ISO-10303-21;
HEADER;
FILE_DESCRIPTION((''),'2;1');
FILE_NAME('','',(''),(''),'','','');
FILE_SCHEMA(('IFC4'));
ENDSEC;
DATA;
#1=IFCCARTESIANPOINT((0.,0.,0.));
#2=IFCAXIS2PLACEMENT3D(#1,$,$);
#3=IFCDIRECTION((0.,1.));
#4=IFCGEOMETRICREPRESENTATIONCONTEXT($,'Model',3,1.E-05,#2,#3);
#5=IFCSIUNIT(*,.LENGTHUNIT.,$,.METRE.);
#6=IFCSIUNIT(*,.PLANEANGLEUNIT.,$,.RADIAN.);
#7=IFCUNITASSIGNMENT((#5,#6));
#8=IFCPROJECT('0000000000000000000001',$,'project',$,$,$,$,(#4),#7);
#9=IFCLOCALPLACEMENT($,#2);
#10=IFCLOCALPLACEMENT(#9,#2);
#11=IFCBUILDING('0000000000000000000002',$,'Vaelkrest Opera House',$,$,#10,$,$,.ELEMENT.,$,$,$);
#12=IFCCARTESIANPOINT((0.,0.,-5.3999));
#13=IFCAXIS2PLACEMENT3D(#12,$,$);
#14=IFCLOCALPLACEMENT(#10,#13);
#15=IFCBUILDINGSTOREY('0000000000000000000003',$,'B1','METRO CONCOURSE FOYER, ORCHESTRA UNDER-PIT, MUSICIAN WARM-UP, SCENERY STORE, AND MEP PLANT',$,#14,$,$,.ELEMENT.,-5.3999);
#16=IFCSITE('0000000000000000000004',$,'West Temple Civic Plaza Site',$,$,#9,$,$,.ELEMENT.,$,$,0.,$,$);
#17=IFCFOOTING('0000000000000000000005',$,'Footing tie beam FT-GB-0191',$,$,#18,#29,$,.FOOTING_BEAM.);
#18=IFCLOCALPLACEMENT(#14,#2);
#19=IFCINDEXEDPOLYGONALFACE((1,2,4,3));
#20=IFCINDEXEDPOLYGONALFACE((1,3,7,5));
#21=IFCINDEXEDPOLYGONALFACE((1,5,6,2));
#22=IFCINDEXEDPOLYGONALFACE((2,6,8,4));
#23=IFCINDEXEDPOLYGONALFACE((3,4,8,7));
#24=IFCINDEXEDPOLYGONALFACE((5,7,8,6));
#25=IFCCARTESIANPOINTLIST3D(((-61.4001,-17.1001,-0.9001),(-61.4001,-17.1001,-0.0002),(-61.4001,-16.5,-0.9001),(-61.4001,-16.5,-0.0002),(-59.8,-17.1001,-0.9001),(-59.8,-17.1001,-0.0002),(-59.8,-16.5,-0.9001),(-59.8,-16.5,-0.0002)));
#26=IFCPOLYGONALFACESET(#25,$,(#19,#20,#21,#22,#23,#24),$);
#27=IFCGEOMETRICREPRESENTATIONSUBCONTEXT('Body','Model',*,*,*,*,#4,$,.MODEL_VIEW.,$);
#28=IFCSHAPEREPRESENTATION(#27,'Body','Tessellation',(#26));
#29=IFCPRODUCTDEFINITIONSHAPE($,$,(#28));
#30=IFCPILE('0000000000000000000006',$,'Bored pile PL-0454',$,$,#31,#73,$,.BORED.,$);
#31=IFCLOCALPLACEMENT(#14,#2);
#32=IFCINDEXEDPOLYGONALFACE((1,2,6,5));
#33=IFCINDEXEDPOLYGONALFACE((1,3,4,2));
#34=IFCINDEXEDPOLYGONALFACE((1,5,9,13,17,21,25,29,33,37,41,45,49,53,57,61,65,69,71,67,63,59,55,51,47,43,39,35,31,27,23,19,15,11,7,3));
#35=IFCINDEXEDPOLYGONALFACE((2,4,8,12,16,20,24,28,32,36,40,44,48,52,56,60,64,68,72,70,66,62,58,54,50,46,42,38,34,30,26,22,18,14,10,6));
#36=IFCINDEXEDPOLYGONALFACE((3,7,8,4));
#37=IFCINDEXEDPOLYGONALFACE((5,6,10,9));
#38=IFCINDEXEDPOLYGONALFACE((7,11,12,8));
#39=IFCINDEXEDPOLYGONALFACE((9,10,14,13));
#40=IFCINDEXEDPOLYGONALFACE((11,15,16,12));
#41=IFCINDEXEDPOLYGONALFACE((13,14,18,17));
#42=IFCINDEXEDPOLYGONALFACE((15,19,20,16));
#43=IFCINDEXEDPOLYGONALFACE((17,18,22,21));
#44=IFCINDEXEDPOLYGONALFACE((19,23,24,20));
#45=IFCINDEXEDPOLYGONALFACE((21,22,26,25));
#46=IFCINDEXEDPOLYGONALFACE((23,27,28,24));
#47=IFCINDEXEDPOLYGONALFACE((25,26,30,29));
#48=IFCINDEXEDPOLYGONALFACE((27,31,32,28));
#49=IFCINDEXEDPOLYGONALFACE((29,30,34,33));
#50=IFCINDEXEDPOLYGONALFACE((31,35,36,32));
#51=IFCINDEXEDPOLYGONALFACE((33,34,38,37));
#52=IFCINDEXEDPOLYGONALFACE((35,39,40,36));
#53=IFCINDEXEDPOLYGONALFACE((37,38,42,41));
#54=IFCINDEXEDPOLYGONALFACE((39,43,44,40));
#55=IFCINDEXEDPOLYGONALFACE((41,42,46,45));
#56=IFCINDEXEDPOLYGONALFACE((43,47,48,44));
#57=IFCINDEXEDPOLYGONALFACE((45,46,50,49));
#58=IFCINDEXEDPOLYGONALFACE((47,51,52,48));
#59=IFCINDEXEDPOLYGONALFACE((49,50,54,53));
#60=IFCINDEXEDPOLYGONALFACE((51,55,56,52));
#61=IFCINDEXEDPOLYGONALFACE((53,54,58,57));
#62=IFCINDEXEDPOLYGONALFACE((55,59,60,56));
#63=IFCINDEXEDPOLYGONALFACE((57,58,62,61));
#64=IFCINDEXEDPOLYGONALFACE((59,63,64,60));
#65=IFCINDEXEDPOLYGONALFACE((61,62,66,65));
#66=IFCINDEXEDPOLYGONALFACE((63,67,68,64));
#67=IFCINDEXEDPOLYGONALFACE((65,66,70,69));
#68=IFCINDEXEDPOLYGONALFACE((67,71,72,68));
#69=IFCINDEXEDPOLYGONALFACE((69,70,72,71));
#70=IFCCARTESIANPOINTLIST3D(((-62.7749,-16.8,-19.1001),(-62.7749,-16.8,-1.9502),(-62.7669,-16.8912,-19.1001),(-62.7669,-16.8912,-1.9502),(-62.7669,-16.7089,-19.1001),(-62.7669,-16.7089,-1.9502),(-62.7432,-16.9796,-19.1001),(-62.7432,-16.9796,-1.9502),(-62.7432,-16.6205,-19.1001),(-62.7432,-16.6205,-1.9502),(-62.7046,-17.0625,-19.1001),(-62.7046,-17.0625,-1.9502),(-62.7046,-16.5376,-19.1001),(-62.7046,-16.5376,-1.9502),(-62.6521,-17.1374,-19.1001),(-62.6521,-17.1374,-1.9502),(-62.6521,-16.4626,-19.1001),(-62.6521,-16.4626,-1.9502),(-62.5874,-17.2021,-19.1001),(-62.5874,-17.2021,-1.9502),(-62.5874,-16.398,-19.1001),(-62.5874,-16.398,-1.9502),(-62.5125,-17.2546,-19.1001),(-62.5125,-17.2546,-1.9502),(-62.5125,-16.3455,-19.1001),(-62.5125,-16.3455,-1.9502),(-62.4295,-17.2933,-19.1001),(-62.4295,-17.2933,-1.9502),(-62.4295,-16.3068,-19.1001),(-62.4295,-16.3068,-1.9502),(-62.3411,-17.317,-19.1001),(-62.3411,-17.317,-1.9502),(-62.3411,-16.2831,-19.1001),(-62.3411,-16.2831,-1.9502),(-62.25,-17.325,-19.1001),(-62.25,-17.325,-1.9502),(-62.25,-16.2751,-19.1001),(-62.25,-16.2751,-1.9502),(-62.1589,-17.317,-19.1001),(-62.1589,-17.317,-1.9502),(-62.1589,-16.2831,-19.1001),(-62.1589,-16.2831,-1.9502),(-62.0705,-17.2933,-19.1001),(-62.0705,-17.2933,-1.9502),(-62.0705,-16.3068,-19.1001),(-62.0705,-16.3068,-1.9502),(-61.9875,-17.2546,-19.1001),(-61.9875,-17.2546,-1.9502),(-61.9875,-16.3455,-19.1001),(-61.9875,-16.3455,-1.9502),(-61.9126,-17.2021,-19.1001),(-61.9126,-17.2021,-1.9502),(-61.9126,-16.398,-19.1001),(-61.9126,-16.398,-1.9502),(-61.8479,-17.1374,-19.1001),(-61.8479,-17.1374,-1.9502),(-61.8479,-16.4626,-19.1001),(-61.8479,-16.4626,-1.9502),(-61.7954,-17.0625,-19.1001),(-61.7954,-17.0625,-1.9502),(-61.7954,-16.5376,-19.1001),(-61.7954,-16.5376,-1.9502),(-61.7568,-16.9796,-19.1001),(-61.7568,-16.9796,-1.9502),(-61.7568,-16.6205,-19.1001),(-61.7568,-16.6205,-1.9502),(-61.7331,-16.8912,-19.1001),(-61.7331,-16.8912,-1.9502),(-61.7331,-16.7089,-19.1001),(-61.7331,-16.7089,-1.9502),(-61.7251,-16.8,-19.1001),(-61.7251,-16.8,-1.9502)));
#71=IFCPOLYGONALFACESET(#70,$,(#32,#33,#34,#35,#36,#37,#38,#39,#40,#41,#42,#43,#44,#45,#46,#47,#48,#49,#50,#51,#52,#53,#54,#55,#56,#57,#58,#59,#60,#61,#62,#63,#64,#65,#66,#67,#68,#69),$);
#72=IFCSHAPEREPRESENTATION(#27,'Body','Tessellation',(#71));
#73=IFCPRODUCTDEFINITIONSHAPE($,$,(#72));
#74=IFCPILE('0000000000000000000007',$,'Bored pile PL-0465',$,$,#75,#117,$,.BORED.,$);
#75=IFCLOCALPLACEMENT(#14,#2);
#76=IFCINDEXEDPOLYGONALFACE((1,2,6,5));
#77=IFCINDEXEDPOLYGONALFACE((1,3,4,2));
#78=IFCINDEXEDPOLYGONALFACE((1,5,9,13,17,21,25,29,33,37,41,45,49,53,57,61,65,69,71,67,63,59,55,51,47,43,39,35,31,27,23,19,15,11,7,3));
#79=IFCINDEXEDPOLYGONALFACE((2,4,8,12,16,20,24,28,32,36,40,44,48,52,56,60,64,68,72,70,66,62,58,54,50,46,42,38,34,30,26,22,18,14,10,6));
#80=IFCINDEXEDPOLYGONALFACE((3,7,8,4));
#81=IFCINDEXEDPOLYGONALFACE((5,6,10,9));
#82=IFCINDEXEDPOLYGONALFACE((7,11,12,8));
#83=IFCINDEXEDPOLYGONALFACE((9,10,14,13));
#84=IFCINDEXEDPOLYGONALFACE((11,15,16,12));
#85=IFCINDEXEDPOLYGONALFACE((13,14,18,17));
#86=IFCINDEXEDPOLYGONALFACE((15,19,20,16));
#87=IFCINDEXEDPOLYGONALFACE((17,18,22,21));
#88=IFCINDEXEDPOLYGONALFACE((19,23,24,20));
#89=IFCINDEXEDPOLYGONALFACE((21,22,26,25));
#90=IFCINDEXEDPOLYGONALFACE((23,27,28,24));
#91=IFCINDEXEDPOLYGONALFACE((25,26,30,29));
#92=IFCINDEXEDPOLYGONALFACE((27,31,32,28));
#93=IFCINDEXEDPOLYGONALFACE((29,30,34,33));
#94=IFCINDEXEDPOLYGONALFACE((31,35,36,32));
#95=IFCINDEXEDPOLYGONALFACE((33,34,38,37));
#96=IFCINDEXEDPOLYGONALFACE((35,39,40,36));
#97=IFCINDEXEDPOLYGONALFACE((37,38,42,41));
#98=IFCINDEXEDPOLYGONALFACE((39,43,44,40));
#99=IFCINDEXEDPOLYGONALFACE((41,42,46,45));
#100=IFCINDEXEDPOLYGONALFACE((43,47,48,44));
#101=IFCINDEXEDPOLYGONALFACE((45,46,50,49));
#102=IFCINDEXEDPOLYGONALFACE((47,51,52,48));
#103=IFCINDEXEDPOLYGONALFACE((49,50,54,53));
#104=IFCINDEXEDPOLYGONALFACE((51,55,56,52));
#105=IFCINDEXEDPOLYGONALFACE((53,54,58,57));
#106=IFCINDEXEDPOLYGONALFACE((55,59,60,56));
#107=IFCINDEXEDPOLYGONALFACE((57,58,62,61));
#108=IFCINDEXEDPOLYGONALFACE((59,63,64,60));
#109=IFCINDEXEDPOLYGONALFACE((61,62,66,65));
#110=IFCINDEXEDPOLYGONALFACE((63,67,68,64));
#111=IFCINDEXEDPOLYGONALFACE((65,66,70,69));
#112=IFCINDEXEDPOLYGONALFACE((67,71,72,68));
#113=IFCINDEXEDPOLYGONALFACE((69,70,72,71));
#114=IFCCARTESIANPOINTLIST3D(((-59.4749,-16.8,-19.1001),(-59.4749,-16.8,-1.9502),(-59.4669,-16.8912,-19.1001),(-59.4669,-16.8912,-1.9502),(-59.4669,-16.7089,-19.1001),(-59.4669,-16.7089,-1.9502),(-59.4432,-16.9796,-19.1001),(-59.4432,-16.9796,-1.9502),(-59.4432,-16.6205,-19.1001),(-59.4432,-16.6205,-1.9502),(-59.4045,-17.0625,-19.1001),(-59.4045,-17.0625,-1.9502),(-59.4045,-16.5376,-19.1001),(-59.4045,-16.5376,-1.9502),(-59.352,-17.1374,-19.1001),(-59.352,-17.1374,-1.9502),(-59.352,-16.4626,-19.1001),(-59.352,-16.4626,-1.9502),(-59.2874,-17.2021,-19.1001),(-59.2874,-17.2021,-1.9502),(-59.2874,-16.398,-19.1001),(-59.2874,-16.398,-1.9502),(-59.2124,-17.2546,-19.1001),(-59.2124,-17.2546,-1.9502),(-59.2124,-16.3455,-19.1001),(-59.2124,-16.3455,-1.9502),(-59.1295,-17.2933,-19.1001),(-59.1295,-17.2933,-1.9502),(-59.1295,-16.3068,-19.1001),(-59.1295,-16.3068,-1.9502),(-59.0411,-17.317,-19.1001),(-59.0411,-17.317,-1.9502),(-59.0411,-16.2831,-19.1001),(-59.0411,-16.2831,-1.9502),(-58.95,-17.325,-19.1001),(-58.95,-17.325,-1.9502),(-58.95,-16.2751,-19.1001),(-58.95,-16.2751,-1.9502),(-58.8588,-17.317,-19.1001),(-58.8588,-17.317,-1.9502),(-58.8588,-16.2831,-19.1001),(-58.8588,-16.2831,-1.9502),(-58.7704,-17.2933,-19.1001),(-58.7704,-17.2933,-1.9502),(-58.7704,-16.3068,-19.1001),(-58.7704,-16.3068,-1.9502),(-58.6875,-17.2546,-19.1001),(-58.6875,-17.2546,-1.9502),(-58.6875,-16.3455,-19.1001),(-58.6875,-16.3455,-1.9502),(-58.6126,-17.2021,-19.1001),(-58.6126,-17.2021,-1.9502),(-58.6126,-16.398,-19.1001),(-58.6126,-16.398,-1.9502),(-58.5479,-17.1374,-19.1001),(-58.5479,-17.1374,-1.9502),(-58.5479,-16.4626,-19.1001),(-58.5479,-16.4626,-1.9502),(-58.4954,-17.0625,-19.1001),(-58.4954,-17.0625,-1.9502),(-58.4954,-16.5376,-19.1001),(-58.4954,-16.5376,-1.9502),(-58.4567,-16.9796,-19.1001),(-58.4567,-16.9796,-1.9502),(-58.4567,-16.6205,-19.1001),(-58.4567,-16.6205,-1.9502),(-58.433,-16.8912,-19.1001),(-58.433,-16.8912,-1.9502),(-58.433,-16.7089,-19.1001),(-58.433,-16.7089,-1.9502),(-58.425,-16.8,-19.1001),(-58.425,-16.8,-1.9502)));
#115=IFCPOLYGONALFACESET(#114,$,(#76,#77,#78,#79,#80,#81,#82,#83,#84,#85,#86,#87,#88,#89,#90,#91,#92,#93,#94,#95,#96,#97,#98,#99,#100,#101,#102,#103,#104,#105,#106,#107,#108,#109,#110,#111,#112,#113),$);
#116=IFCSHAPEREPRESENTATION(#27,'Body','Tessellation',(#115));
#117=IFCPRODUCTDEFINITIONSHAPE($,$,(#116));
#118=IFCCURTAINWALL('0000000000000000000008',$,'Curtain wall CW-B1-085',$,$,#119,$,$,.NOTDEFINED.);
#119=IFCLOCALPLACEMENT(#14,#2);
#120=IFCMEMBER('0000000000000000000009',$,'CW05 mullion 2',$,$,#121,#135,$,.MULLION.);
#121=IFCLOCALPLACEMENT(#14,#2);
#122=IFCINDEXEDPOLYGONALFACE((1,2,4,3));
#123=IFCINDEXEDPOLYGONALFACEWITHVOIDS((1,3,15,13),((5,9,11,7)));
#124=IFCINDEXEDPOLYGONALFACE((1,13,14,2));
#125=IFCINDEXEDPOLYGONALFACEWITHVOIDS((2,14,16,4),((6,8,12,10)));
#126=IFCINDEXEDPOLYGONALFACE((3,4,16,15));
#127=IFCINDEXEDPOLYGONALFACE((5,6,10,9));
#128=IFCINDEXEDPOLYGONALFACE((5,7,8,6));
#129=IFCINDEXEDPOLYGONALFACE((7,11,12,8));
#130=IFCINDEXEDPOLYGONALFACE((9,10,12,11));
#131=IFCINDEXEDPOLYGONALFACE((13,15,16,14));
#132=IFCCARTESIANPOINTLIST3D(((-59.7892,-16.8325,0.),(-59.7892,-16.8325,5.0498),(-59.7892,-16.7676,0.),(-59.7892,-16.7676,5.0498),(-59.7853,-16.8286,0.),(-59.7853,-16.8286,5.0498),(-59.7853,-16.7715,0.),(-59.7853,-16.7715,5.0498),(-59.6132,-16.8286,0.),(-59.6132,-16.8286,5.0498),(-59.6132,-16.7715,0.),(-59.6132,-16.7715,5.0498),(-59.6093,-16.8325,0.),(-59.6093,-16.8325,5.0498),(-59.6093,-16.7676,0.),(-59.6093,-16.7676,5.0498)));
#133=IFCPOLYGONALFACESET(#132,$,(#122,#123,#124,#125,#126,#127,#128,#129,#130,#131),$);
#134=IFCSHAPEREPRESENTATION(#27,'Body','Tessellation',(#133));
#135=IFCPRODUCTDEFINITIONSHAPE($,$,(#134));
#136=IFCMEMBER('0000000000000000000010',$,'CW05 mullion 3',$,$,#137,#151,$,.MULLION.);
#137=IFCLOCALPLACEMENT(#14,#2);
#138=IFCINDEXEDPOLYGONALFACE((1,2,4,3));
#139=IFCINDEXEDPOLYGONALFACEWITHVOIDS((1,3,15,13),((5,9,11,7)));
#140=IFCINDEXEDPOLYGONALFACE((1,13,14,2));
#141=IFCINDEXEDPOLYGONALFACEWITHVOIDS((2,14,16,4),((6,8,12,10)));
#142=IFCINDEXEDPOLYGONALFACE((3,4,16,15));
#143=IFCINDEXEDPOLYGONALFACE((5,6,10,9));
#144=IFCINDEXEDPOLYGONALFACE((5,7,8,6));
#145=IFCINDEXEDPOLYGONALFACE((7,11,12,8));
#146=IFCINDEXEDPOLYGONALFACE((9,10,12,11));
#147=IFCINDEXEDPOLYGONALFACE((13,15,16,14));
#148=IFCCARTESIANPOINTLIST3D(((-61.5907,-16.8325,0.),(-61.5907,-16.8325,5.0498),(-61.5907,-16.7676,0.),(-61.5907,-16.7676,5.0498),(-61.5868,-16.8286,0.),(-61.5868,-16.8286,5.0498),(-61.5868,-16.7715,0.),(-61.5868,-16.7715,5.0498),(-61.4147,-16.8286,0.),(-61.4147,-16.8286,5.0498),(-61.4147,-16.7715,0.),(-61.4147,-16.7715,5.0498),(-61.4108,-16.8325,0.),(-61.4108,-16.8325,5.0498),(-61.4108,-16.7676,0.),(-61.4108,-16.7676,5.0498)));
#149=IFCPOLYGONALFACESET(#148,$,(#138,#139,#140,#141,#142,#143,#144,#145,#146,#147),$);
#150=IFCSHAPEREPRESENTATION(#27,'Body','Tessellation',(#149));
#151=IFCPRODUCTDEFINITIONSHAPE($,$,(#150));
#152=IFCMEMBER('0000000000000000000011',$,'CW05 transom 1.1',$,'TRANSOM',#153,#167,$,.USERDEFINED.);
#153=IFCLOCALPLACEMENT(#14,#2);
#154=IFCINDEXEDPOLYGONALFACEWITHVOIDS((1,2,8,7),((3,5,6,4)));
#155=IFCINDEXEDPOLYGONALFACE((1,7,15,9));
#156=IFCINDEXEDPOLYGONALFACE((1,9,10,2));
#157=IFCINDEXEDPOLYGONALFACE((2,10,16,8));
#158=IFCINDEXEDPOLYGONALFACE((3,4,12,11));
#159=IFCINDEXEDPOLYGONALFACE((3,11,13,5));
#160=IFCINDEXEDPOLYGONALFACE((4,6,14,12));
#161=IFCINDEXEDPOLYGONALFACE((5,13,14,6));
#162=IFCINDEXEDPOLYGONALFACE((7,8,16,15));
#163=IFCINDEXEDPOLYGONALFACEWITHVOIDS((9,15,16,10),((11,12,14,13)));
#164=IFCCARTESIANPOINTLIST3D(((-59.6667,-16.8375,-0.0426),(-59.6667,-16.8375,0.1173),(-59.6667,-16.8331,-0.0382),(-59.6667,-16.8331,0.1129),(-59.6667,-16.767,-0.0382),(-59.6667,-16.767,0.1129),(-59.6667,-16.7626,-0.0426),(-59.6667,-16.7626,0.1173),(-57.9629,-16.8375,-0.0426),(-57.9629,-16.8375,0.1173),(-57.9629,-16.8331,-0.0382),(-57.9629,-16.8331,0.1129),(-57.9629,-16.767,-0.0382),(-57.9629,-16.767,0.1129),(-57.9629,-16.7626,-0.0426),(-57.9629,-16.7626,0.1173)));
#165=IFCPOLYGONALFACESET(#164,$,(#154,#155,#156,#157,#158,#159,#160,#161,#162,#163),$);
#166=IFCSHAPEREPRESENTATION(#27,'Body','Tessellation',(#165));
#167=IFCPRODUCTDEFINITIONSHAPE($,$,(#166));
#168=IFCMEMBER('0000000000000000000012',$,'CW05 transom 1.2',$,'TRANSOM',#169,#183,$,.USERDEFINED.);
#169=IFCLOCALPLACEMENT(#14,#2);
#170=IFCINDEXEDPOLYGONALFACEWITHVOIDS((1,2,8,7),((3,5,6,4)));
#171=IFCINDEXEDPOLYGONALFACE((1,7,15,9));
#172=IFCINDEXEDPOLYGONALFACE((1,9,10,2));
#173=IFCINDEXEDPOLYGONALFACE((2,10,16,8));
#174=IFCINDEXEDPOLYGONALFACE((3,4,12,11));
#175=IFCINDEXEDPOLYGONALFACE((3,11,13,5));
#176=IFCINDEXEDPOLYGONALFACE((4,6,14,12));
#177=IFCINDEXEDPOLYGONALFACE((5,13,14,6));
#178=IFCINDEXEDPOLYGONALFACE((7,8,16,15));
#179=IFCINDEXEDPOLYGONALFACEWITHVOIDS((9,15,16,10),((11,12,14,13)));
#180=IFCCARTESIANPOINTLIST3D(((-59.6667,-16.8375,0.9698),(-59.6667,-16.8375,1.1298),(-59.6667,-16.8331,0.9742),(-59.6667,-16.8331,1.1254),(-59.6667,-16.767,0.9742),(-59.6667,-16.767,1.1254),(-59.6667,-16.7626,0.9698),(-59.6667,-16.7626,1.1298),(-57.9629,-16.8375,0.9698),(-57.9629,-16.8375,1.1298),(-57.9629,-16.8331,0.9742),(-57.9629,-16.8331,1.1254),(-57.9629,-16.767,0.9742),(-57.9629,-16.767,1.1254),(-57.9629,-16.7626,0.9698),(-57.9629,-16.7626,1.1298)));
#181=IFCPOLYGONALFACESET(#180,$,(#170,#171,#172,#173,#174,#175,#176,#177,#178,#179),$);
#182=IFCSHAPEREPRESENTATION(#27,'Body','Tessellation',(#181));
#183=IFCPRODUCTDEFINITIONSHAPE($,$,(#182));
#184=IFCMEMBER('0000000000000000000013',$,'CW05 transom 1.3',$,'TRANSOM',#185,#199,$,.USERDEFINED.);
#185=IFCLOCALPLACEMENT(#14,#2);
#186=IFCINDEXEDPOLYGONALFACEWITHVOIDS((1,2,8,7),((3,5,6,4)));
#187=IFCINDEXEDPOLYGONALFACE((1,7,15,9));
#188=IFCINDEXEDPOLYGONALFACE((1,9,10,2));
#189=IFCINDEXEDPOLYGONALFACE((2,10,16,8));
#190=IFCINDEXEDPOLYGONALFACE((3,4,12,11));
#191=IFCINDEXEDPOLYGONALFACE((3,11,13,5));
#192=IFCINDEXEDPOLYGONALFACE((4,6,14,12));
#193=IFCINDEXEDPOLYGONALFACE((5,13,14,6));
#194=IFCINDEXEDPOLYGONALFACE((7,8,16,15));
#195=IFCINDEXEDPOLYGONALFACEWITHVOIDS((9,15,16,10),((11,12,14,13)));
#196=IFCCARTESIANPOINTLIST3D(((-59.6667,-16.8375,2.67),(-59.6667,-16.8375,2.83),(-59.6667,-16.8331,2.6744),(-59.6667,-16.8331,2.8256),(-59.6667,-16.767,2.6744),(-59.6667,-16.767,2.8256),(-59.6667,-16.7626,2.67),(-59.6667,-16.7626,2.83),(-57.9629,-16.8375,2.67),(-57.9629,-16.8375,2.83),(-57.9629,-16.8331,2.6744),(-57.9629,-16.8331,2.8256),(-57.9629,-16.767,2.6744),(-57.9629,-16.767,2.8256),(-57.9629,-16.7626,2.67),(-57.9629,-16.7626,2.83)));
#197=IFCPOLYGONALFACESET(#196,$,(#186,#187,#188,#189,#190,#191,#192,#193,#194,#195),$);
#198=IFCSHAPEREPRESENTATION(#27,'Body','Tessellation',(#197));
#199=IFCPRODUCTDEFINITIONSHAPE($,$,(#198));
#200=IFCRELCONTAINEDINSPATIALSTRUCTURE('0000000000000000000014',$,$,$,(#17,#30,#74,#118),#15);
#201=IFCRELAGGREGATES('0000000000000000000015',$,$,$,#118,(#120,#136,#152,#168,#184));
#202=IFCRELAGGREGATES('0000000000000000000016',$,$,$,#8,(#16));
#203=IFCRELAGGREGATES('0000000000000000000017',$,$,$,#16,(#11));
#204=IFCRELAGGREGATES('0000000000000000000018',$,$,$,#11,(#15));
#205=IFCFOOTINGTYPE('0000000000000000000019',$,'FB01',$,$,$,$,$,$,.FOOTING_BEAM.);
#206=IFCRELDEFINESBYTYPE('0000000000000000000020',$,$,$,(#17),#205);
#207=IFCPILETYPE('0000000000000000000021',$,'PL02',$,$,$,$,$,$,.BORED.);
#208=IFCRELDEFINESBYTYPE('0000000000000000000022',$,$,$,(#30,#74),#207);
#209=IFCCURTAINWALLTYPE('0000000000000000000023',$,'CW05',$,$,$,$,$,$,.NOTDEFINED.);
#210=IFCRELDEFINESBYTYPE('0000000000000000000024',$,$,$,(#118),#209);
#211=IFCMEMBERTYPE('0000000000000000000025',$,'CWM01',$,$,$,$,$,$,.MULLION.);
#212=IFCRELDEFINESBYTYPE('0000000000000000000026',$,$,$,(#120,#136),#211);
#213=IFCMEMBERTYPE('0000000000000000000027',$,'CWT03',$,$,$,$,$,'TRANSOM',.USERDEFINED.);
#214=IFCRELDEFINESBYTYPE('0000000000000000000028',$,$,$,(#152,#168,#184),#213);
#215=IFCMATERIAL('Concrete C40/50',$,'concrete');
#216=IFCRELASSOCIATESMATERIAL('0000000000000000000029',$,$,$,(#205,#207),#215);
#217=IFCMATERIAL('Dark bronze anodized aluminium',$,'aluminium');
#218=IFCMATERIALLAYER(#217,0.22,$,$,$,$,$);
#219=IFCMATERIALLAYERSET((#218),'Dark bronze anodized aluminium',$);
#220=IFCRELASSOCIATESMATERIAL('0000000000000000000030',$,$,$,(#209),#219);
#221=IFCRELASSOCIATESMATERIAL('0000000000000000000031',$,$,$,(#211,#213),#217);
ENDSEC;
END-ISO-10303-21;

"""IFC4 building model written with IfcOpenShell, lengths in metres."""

from ifc_helpers import new_model, si_unit, direction, frame, origin, origin_2d, place, context, subcontext, project, spatial, rectangle, hollow_rectangle, circle, extrude, material, layer, layer_set, material_profile, profile_set, type_object, element, aggregate, save


model = new_model("IFC4")

# Units and contexts
model_context = context("Model", 3, precision=1e-05, world=origin(), true_north=direction((0.0, 1.0)))
body_context = subcontext(model_context, "Body", "Model", "MODEL_VIEW")
ifc_project = project(units=[si_unit("LENGTHUNIT", "METRE"), si_unit("PLANEANGLEUNIT", "RADIAN")], contexts=[model_context])

# Site, building, storey
site_placement = place(None, origin())
site = spatial("IfcSite", under=ifc_project, at=site_placement, Name="West Temple Civic Plaza Site", CompositionType="ELEMENT", RefElevation=0.0)
building_placement = place(site_placement, origin())
building = spatial("IfcBuilding", under=site, at=building_placement, Name="Vaelkrest Opera House", CompositionType="ELEMENT")
storey_placement = place(building_placement, frame((0.0, 0.0, -5.3999)))
storey = spatial("IfcBuildingStorey", under=building, at=storey_placement, Name="B1", Description="METRO CONCOURSE FOYER, ORCHESTRA UNDER-PIT, MUSICIAN WARM-UP, SCENERY STORE, AND MEP PLANT", CompositionType="ELEMENT", Elevation=-5.3999)

# Footing
ifc_material_1 = material(Name="Concrete C40/50", Category="concrete")
footing_type = type_object("IfcFootingType", Name="FB01", PredefinedType="FOOTING_BEAM", material=ifc_material_1)
footing_placement = place(storey_placement, frame((-60.6001, -16.8, -0.9001), z_axis=(0.0, 0.0, 1.0), x_axis=(1.0, 0.0, 0.0)))
element("IfcFooting", 1, at=footing_placement, inside=storey, type_object=footing_type, Name="Footing tie beam FT-GB-0191", PredefinedType="FOOTING_BEAM", context=body_context, shape_type="SweptSolid", body=[
    extrude(rectangle(XDim=1.6001, YDim=0.6001, at=origin_2d()), origin(), (0.0, 0.0, 1.0), 0.8999),
])

# Piles
ifc_material_profile_1 = material_profile(ifc_material_1, circle(Radius=0.5249, at=origin_2d()), Name="PILE1050")
ifc_profile_set_1 = profile_set([ifc_material_profile_1], Name="Concrete C40/50")
pile_type = type_object("IfcPileType", Name="PL02", PredefinedType="BORED", material=ifc_profile_set_1)
for number, where, z_axis, x_axis, name in (
    (2, (-62.25, -16.8, -1.9502), (0.0, 0.0, -1.0), (1.0, 0.0, 0.0), "Bored pile PL-0454"),
    (3, (-58.95, -16.8, -1.9502), (0.0, 0.0, -1.0), (1.0, 0.0, 0.0), "Bored pile PL-0465"),
):
    element("IfcPile", number, at=place(storey_placement, frame(where, z_axis=z_axis, x_axis=x_axis)), inside=storey, type_object=pile_type, Name=name, PredefinedType="BORED", context=body_context, shape_type="SweptSolid", body=[
        extrude(circle(Radius=0.5249, at=origin_2d()), origin(), (0.0, 0.0, 1.0), 17.1499),
    ])

# Curtain wall, members
ifc_material_2 = material(Name="Dark bronze anodized aluminium", Category="aluminium")
ifc_layer_1 = layer(ifc_material_2, 0.22)
ifc_layer_set_1 = layer_set([ifc_layer_1], Name="Dark bronze anodized aluminium")
curtain_wall_type = type_object("IfcCurtainWallType", Name="CW05", PredefinedType="NOTDEFINED", material=ifc_layer_set_1)
curtain_wall_placement = place(storey_placement, origin())
curtain_wall = element("IfcCurtainWall", 4, at=curtain_wall_placement, inside=storey, type_object=curtain_wall_type, Name="Curtain wall CW-B1-085", PredefinedType="NOTDEFINED")
ifc_material_profile_2 = material_profile(ifc_material_2, hollow_rectangle(XDim=0.0649, YDim=0.1799, WallThickness=0.0039, at=origin_2d()), Name="CWM65X180")
ifc_profile_set_2 = profile_set([ifc_material_profile_2], Name="Dark bronze anodized aluminium")
member_type_1 = type_object("IfcMemberType", Name="CWM01", PredefinedType="MULLION", material=ifc_profile_set_2)
member_1_placement = place(storey_placement, frame((-59.6992, -16.8, 0.0), z_axis=(0.0, 0.0, 1.0), x_axis=(0.0, -1.0, 0.0)))
member_1 = element("IfcMember", 5, at=member_1_placement, type_object=member_type_1, Name="CW05 mullion 2", PredefinedType="MULLION", context=body_context, shape_type="SweptSolid", body=[
    extrude(hollow_rectangle(XDim=0.0649, YDim=0.1799, WallThickness=0.0039, at=origin_2d()), origin(), (0.0, 0.0, 1.0), 5.0498),
])
member_2_placement = place(storey_placement, frame((-61.5007, -16.8, 0.0), z_axis=(0.0, 0.0, 1.0), x_axis=(0.0, -1.0, 0.0)))
member_2 = element("IfcMember", 6, at=member_2_placement, type_object=member_type_1, Name="CW05 mullion 3", PredefinedType="MULLION", context=body_context, shape_type="SweptSolid", body=[
    extrude(hollow_rectangle(XDim=0.0649, YDim=0.1799, WallThickness=0.0039, at=origin_2d()), origin(), (0.0, 0.0, 1.0), 5.0498),
])
ifc_material_profile_3 = material_profile(ifc_material_2, hollow_rectangle(XDim=0.075, YDim=0.1599, WallThickness=0.0044, at=origin_2d()), Name="CWT75X160")
ifc_profile_set_3 = profile_set([ifc_material_profile_3], Name="Dark bronze anodized aluminium")
member_type_2 = type_object("IfcMemberType", Name="CWT03", ElementType="TRANSOM", PredefinedType="USERDEFINED", material=ifc_profile_set_3)
member_3_placement = place(storey_placement, frame((-57.9629, -16.8, 0.0374), z_axis=(-1.0, 0.0, 0.0), x_axis=(0.0, -1.0, 0.0)))
member_3 = element("IfcMember", 7, at=member_3_placement, type_object=member_type_2, Name="CW05 transom 1.1", ObjectType="TRANSOM", PredefinedType="USERDEFINED", context=body_context, shape_type="SweptSolid", body=[
    extrude(hollow_rectangle(XDim=0.075, YDim=0.1599, WallThickness=0.0044, at=origin_2d()), origin(), (0.0, 0.0, 1.0), 1.7039),
])
member_4_placement = place(storey_placement, frame((-57.9629, -16.8, 1.0498), z_axis=(-1.0, 0.0, 0.0), x_axis=(0.0, -1.0, 0.0)))
member_4 = element("IfcMember", 8, at=member_4_placement, type_object=member_type_2, Name="CW05 transom 1.2", ObjectType="TRANSOM", PredefinedType="USERDEFINED", context=body_context, shape_type="SweptSolid", body=[
    extrude(hollow_rectangle(XDim=0.075, YDim=0.1599, WallThickness=0.0044, at=origin_2d()), origin(), (0.0, 0.0, 1.0), 1.7039),
])
member_5_placement = place(storey_placement, frame((-57.9629, -16.8, 2.75), z_axis=(-1.0, 0.0, 0.0), x_axis=(0.0, -1.0, 0.0)))
member_5 = element("IfcMember", 9, at=member_5_placement, type_object=member_type_2, Name="CW05 transom 1.3", ObjectType="TRANSOM", PredefinedType="USERDEFINED", context=body_context, shape_type="SweptSolid", body=[
    extrude(hollow_rectangle(XDim=0.075, YDim=0.1599, WallThickness=0.0044, at=origin_2d()), origin(), (0.0, 0.0, 1.0), 1.7039),
])
aggregate(curtain_wall, [member_1, member_2, member_3, member_4, member_5])

save(model, "model.ifc")
